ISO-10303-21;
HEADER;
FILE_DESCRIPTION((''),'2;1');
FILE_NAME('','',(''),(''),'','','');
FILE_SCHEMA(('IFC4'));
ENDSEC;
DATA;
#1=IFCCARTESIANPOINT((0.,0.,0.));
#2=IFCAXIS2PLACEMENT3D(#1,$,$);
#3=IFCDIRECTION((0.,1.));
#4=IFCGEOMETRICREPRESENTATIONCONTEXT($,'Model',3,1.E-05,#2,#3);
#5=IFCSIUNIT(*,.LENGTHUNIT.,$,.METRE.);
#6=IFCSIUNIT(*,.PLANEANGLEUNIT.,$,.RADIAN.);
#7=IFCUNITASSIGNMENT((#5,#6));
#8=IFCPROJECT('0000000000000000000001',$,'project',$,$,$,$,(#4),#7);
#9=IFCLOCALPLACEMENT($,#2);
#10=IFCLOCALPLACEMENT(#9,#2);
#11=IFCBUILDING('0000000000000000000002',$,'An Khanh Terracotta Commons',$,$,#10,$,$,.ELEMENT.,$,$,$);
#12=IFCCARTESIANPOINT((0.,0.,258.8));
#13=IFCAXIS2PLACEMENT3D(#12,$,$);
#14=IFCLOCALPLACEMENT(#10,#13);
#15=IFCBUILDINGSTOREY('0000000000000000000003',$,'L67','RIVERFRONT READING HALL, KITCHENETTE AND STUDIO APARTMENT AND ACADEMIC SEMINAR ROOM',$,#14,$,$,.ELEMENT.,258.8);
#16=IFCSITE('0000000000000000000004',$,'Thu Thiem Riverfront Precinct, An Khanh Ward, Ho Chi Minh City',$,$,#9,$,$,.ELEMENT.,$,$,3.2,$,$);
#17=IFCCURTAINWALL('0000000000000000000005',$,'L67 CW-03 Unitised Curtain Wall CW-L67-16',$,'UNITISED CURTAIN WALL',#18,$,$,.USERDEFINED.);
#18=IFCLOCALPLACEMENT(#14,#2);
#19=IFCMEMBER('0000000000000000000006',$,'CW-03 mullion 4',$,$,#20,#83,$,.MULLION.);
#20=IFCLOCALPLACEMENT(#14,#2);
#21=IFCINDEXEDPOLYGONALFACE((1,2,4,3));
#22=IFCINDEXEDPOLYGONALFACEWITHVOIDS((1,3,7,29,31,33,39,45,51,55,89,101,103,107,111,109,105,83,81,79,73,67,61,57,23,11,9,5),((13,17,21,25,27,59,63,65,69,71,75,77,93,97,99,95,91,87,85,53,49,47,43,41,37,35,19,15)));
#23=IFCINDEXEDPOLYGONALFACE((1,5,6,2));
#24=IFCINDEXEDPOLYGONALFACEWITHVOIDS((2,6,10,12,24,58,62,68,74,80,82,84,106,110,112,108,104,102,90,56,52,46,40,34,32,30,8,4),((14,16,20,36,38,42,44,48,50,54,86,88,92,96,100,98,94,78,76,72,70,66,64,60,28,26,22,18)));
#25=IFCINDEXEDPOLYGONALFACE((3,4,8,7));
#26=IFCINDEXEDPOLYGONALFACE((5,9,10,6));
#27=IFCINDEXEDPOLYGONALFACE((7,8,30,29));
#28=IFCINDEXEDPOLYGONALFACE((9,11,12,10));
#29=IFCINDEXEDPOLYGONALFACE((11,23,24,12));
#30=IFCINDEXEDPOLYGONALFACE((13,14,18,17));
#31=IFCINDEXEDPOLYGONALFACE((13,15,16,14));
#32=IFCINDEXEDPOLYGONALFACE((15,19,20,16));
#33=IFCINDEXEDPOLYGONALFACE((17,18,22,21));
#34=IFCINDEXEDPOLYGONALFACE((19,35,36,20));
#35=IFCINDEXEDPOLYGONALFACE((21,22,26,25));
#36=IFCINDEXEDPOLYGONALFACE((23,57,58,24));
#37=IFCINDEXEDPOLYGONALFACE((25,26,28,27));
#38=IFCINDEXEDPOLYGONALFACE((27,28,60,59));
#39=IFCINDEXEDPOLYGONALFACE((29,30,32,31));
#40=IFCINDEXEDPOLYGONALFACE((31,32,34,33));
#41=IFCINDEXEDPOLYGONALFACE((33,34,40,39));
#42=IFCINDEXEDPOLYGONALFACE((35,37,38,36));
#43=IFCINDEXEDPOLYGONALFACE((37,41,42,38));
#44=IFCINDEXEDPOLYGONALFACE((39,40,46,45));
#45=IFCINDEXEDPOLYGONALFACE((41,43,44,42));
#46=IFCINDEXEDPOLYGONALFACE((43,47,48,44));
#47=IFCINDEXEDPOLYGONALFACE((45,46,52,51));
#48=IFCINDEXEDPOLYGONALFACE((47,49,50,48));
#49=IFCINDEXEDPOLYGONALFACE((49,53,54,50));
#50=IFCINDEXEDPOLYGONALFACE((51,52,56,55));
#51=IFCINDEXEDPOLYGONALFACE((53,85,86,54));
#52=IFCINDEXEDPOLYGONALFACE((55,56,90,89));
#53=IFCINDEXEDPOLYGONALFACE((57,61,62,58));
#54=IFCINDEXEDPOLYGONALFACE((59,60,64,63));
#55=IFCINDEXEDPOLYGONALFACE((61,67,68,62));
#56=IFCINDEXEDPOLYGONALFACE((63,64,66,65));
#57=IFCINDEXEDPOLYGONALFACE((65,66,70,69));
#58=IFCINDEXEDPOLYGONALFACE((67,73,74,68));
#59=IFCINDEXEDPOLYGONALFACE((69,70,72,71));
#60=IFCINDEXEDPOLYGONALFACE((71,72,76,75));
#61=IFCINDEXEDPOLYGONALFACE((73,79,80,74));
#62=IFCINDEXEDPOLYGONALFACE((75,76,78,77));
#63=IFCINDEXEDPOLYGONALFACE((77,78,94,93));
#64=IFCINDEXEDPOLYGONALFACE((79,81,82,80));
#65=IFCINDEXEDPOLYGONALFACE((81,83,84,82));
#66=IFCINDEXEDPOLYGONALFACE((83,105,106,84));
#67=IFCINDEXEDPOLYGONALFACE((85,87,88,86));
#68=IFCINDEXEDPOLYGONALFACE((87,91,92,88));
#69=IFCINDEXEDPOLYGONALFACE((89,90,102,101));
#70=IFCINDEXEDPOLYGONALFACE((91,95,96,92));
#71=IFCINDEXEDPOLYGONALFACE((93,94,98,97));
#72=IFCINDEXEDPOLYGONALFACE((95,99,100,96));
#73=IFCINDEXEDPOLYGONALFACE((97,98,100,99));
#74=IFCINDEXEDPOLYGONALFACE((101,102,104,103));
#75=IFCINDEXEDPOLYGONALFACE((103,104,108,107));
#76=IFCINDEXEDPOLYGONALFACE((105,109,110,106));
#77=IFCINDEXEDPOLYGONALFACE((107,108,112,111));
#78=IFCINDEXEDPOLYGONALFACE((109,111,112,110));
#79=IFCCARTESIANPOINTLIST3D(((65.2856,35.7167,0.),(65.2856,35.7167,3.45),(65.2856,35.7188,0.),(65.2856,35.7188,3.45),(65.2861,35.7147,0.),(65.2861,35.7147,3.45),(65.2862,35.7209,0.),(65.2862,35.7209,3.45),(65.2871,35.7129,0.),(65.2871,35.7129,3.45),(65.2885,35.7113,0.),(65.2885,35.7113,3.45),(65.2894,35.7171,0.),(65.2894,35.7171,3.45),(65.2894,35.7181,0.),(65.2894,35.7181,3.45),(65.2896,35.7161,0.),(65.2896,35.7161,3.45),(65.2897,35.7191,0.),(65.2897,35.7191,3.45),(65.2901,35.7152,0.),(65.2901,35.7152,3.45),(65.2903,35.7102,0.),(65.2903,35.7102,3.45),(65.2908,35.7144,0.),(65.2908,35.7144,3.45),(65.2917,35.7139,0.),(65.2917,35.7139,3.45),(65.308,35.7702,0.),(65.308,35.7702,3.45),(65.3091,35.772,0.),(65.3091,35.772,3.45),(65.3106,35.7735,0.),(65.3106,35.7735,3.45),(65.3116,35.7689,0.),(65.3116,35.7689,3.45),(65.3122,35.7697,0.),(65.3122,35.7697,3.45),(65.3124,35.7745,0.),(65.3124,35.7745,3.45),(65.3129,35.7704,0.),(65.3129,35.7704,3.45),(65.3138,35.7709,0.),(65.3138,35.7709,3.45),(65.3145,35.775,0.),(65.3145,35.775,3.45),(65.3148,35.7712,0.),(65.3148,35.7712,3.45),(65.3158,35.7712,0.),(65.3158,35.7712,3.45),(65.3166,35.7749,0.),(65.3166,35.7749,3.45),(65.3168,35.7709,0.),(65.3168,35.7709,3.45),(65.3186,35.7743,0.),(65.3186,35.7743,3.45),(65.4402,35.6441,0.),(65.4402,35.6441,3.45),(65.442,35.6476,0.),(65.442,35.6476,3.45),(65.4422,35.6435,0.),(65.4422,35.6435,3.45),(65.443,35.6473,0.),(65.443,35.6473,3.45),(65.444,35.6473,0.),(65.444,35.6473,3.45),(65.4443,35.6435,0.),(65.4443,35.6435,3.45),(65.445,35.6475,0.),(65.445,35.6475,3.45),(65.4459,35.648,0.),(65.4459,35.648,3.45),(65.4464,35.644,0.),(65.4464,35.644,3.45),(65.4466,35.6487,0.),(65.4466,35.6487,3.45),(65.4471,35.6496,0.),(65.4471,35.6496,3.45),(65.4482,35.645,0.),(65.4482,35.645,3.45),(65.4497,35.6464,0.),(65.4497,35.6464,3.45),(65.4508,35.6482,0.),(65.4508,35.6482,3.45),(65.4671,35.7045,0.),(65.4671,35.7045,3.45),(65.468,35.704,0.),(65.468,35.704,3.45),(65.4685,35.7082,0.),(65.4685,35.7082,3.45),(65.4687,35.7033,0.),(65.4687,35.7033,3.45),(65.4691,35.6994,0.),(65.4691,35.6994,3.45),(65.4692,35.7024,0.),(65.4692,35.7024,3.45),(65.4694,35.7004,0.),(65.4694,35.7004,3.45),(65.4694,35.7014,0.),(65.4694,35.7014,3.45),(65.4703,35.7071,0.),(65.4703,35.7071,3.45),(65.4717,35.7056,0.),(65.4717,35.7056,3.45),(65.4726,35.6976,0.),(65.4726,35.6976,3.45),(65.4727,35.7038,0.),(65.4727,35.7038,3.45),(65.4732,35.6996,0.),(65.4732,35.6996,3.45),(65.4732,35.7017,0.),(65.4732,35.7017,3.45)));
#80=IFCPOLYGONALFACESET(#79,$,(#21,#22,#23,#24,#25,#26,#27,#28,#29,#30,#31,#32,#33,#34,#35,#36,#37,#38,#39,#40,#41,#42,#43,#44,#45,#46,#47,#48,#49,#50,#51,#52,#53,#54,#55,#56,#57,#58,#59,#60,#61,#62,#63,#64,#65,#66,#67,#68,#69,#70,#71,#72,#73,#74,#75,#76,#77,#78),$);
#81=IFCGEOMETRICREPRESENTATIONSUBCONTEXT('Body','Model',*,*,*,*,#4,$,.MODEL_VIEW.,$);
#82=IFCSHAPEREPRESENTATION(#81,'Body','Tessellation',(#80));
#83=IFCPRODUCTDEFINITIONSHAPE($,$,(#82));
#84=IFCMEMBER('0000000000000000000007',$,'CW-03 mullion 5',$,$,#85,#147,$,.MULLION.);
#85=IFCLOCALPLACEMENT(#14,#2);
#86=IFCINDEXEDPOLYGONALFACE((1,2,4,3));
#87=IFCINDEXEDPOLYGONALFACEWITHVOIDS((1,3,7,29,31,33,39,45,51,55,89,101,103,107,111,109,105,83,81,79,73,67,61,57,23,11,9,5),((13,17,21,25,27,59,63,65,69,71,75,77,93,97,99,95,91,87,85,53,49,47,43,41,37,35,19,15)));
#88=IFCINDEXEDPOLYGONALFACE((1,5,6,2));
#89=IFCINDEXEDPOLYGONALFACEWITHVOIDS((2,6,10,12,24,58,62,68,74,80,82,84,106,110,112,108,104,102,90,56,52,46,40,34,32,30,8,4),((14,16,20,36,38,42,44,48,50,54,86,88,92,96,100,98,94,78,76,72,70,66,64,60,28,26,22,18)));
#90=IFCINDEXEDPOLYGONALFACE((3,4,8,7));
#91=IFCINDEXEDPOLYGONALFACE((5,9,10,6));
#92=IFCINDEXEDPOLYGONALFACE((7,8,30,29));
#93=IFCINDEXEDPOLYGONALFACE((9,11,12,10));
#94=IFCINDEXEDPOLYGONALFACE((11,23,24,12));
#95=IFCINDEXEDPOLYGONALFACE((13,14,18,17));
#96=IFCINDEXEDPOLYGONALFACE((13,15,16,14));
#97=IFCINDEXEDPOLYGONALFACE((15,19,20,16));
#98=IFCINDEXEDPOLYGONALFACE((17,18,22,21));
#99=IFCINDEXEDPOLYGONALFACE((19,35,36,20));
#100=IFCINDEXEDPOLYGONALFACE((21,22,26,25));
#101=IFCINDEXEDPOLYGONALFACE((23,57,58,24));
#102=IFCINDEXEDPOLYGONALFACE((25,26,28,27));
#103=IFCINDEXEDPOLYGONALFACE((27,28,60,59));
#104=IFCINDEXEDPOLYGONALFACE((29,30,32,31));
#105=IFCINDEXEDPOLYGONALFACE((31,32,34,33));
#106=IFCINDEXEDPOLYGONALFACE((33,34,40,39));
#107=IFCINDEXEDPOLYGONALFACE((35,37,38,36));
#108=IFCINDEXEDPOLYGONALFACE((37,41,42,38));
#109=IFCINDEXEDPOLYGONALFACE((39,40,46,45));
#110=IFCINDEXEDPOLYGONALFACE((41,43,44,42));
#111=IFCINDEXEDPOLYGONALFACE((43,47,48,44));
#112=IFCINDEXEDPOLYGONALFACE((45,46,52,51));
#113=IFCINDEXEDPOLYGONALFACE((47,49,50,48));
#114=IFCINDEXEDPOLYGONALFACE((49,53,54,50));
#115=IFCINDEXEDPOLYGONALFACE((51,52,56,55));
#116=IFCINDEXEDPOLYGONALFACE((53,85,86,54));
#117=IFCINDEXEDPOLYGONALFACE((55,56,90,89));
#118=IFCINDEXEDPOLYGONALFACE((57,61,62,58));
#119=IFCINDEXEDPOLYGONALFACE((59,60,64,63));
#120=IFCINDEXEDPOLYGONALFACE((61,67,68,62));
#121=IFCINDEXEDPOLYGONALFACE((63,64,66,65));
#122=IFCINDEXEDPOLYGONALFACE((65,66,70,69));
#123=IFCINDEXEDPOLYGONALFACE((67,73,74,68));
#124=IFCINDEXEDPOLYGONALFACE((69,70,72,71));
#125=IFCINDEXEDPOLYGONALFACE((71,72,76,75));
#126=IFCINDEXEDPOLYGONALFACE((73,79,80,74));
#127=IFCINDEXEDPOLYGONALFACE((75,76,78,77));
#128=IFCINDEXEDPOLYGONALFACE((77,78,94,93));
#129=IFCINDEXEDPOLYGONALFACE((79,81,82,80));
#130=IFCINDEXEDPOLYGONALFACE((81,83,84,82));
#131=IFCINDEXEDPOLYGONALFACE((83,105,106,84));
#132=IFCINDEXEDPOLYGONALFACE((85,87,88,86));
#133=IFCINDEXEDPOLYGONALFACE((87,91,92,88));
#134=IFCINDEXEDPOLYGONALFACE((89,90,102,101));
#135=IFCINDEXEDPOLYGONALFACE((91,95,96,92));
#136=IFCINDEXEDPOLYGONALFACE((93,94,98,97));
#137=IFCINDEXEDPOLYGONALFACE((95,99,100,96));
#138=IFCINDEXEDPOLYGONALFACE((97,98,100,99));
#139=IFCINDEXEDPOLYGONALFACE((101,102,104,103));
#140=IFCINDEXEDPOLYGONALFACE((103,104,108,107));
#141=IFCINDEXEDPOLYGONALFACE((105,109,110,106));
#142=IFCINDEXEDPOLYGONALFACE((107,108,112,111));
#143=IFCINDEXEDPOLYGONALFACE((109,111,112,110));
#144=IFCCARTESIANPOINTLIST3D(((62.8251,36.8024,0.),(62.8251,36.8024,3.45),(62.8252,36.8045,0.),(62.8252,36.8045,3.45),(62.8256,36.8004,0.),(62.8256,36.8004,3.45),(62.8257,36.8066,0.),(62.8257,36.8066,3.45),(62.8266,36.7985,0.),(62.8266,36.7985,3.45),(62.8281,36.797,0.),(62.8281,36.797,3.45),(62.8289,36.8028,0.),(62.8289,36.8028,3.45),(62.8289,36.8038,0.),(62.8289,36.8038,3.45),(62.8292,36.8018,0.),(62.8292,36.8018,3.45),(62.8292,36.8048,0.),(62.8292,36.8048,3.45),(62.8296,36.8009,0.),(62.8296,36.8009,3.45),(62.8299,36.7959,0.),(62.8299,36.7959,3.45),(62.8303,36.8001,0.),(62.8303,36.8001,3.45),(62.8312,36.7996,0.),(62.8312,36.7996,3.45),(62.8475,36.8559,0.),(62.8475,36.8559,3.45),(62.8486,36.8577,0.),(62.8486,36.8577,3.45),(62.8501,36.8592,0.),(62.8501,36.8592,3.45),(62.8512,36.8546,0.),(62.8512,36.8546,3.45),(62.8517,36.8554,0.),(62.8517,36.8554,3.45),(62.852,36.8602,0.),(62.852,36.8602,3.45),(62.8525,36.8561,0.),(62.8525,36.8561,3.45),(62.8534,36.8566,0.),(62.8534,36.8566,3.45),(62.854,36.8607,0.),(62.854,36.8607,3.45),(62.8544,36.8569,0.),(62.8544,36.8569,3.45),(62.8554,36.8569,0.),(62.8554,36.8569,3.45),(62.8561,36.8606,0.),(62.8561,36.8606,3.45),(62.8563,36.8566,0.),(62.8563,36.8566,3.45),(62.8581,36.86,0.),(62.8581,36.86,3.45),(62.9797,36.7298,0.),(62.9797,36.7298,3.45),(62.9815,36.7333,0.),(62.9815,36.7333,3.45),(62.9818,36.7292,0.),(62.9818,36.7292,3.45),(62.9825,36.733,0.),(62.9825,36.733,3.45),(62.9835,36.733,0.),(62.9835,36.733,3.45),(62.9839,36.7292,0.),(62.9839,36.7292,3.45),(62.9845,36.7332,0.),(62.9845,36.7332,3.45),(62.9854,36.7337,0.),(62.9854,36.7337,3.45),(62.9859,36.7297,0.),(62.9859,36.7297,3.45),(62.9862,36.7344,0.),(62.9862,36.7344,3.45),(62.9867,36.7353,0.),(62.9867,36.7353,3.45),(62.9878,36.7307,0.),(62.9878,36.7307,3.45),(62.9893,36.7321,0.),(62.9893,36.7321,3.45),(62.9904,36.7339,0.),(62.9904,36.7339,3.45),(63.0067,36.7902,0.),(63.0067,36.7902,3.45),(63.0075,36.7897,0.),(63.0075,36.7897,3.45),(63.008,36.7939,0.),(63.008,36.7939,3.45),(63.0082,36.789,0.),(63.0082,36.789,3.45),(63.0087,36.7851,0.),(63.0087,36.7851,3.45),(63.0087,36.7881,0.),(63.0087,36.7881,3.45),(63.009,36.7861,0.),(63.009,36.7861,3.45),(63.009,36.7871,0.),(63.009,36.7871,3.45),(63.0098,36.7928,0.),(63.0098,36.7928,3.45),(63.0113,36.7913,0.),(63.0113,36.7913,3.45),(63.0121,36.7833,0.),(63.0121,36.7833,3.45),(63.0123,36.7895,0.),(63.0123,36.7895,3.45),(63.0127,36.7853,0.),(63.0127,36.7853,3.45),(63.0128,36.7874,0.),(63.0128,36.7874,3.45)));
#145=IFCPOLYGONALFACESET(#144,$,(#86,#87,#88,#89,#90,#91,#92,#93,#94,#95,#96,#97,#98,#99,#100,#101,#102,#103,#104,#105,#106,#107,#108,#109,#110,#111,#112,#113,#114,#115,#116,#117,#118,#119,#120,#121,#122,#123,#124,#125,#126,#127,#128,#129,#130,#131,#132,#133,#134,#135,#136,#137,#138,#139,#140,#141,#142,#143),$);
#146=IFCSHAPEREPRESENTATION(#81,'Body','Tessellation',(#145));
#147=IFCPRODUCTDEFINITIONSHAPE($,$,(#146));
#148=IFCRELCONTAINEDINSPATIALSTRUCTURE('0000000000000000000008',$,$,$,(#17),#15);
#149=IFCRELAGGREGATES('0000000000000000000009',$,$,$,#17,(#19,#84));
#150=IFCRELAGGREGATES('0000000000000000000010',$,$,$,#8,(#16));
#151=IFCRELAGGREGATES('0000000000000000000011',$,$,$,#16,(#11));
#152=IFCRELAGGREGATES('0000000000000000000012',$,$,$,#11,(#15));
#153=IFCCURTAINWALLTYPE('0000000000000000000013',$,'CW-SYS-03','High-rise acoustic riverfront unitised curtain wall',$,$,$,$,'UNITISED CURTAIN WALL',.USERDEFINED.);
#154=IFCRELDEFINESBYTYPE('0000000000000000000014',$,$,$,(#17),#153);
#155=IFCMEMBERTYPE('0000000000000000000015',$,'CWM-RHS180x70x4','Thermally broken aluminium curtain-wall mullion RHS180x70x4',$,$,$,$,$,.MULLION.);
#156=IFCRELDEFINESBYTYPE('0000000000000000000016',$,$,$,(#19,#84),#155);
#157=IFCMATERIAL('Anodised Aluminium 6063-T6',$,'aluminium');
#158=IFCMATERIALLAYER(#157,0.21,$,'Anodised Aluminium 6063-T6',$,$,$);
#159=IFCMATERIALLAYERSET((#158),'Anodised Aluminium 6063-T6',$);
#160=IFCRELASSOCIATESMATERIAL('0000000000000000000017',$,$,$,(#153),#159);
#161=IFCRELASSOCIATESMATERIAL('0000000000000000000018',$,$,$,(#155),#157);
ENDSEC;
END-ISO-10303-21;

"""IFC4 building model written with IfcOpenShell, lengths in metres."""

from ifc_helpers import new_model, si_unit, direction, frame, origin, origin_2d, place, context, subcontext, project, spatial, hollow_rectangle, extrude, material, layer, layer_set, material_profile, profile_set, type_object, element, aggregate, save


model = new_model("IFC4")

# Units and contexts
model_context = context("Model", 3, precision=1e-05, world=origin(), true_north=direction((0.0, 1.0)))
body_context = subcontext(model_context, "Body", "Model", "MODEL_VIEW")
ifc_project = project(units=[si_unit("LENGTHUNIT", "METRE"), si_unit("PLANEANGLEUNIT", "RADIAN")], contexts=[model_context])

# Site, building, storey
site_placement = place(None, origin())
site = spatial("IfcSite", under=ifc_project, at=site_placement, Name="Thu Thiem Riverfront Precinct, An Khanh Ward, Ho Chi Minh City", CompositionType="ELEMENT", RefElevation=3.2)
building_placement = place(site_placement, origin())
building = spatial("IfcBuilding", under=site, at=building_placement, Name="An Khanh Terracotta Commons", CompositionType="ELEMENT")
storey_placement = place(building_placement, frame((0.0, 0.0, 258.8)))
storey = spatial("IfcBuildingStorey", under=building, at=storey_placement, Name="L67", Description="RIVERFRONT READING HALL, KITCHENETTE AND STUDIO APARTMENT AND ACADEMIC SEMINAR ROOM", CompositionType="ELEMENT", Elevation=258.8)

# Curtain wall, members
ifc_material_1 = material(Name="Anodised Aluminium 6063-T6", Category="aluminium")
ifc_layer_1 = layer(ifc_material_1, 0.21, Name="Anodised Aluminium 6063-T6")
ifc_layer_set_1 = layer_set([ifc_layer_1], Name="Anodised Aluminium 6063-T6")
curtain_wall_type = type_object("IfcCurtainWallType", Name="CW-SYS-03", Description="High-rise acoustic riverfront unitised curtain wall", ElementType="UNITISED CURTAIN WALL", PredefinedType="USERDEFINED", material=ifc_layer_set_1)
curtain_wall_placement = place(storey_placement, origin())
curtain_wall = element("IfcCurtainWall", 1, at=curtain_wall_placement, inside=storey, type_object=curtain_wall_type, Name="L67 CW-03 Unitised Curtain Wall CW-L67-16", ObjectType="UNITISED CURTAIN WALL", PredefinedType="USERDEFINED")
ifc_material_profile_1 = material_profile(ifc_material_1, hollow_rectangle(XDim=0.0701, YDim=0.1799, WallThickness=0.0039, InnerFilletRadius=0.0039, OuterFilletRadius=0.0081, at=origin_2d()), Name="RHS180x70x4")
ifc_profile_set_1 = profile_set([ifc_material_profile_1], Name="Anodised Aluminium 6063-T6")
member_type_1 = type_object("IfcMemberType", Name="CWM-RHS180x70x4", Description="Thermally broken aluminium curtain-wall mullion RHS180x70x4", PredefinedType="MULLION", material=ifc_profile_set_1)
member_1_placement = place(storey_placement, frame((65.3794, 35.7092, 0.0), z_axis=(0.0, 0.0, 1.0), x_axis=(-0.403676, -0.914902, 0.0)))
member_1 = element("IfcMember", 2, at=member_1_placement, type_object=member_type_1, Name="CW-03 mullion 4", PredefinedType="MULLION", context=body_context, shape_type="SweptSolid", body=[
    extrude(hollow_rectangle(XDim=0.0701, YDim=0.1799, WallThickness=0.0039, InnerFilletRadius=0.0039, OuterFilletRadius=0.0081, at=origin_2d()), origin(), (0.0, 0.0, 1.0), 3.45),
])
member_2_placement = place(storey_placement, frame((62.9189, 36.7949, 0.0), z_axis=(0.0, 0.0, 1.0), x_axis=(-0.403676, -0.914902, 0.0)))
member_2 = element("IfcMember", 3, at=member_2_placement, type_object=member_type_1, Name="CW-03 mullion 5", PredefinedType="MULLION", context=body_context, shape_type="SweptSolid", body=[
    extrude(hollow_rectangle(XDim=0.0701, YDim=0.1799, WallThickness=0.0039, InnerFilletRadius=0.0039, OuterFilletRadius=0.0081, at=origin_2d()), origin(), (0.0, 0.0, 1.0), 3.45),
])
aggregate(curtain_wall, [member_1, member_2])

save(model, "model.ifc")
